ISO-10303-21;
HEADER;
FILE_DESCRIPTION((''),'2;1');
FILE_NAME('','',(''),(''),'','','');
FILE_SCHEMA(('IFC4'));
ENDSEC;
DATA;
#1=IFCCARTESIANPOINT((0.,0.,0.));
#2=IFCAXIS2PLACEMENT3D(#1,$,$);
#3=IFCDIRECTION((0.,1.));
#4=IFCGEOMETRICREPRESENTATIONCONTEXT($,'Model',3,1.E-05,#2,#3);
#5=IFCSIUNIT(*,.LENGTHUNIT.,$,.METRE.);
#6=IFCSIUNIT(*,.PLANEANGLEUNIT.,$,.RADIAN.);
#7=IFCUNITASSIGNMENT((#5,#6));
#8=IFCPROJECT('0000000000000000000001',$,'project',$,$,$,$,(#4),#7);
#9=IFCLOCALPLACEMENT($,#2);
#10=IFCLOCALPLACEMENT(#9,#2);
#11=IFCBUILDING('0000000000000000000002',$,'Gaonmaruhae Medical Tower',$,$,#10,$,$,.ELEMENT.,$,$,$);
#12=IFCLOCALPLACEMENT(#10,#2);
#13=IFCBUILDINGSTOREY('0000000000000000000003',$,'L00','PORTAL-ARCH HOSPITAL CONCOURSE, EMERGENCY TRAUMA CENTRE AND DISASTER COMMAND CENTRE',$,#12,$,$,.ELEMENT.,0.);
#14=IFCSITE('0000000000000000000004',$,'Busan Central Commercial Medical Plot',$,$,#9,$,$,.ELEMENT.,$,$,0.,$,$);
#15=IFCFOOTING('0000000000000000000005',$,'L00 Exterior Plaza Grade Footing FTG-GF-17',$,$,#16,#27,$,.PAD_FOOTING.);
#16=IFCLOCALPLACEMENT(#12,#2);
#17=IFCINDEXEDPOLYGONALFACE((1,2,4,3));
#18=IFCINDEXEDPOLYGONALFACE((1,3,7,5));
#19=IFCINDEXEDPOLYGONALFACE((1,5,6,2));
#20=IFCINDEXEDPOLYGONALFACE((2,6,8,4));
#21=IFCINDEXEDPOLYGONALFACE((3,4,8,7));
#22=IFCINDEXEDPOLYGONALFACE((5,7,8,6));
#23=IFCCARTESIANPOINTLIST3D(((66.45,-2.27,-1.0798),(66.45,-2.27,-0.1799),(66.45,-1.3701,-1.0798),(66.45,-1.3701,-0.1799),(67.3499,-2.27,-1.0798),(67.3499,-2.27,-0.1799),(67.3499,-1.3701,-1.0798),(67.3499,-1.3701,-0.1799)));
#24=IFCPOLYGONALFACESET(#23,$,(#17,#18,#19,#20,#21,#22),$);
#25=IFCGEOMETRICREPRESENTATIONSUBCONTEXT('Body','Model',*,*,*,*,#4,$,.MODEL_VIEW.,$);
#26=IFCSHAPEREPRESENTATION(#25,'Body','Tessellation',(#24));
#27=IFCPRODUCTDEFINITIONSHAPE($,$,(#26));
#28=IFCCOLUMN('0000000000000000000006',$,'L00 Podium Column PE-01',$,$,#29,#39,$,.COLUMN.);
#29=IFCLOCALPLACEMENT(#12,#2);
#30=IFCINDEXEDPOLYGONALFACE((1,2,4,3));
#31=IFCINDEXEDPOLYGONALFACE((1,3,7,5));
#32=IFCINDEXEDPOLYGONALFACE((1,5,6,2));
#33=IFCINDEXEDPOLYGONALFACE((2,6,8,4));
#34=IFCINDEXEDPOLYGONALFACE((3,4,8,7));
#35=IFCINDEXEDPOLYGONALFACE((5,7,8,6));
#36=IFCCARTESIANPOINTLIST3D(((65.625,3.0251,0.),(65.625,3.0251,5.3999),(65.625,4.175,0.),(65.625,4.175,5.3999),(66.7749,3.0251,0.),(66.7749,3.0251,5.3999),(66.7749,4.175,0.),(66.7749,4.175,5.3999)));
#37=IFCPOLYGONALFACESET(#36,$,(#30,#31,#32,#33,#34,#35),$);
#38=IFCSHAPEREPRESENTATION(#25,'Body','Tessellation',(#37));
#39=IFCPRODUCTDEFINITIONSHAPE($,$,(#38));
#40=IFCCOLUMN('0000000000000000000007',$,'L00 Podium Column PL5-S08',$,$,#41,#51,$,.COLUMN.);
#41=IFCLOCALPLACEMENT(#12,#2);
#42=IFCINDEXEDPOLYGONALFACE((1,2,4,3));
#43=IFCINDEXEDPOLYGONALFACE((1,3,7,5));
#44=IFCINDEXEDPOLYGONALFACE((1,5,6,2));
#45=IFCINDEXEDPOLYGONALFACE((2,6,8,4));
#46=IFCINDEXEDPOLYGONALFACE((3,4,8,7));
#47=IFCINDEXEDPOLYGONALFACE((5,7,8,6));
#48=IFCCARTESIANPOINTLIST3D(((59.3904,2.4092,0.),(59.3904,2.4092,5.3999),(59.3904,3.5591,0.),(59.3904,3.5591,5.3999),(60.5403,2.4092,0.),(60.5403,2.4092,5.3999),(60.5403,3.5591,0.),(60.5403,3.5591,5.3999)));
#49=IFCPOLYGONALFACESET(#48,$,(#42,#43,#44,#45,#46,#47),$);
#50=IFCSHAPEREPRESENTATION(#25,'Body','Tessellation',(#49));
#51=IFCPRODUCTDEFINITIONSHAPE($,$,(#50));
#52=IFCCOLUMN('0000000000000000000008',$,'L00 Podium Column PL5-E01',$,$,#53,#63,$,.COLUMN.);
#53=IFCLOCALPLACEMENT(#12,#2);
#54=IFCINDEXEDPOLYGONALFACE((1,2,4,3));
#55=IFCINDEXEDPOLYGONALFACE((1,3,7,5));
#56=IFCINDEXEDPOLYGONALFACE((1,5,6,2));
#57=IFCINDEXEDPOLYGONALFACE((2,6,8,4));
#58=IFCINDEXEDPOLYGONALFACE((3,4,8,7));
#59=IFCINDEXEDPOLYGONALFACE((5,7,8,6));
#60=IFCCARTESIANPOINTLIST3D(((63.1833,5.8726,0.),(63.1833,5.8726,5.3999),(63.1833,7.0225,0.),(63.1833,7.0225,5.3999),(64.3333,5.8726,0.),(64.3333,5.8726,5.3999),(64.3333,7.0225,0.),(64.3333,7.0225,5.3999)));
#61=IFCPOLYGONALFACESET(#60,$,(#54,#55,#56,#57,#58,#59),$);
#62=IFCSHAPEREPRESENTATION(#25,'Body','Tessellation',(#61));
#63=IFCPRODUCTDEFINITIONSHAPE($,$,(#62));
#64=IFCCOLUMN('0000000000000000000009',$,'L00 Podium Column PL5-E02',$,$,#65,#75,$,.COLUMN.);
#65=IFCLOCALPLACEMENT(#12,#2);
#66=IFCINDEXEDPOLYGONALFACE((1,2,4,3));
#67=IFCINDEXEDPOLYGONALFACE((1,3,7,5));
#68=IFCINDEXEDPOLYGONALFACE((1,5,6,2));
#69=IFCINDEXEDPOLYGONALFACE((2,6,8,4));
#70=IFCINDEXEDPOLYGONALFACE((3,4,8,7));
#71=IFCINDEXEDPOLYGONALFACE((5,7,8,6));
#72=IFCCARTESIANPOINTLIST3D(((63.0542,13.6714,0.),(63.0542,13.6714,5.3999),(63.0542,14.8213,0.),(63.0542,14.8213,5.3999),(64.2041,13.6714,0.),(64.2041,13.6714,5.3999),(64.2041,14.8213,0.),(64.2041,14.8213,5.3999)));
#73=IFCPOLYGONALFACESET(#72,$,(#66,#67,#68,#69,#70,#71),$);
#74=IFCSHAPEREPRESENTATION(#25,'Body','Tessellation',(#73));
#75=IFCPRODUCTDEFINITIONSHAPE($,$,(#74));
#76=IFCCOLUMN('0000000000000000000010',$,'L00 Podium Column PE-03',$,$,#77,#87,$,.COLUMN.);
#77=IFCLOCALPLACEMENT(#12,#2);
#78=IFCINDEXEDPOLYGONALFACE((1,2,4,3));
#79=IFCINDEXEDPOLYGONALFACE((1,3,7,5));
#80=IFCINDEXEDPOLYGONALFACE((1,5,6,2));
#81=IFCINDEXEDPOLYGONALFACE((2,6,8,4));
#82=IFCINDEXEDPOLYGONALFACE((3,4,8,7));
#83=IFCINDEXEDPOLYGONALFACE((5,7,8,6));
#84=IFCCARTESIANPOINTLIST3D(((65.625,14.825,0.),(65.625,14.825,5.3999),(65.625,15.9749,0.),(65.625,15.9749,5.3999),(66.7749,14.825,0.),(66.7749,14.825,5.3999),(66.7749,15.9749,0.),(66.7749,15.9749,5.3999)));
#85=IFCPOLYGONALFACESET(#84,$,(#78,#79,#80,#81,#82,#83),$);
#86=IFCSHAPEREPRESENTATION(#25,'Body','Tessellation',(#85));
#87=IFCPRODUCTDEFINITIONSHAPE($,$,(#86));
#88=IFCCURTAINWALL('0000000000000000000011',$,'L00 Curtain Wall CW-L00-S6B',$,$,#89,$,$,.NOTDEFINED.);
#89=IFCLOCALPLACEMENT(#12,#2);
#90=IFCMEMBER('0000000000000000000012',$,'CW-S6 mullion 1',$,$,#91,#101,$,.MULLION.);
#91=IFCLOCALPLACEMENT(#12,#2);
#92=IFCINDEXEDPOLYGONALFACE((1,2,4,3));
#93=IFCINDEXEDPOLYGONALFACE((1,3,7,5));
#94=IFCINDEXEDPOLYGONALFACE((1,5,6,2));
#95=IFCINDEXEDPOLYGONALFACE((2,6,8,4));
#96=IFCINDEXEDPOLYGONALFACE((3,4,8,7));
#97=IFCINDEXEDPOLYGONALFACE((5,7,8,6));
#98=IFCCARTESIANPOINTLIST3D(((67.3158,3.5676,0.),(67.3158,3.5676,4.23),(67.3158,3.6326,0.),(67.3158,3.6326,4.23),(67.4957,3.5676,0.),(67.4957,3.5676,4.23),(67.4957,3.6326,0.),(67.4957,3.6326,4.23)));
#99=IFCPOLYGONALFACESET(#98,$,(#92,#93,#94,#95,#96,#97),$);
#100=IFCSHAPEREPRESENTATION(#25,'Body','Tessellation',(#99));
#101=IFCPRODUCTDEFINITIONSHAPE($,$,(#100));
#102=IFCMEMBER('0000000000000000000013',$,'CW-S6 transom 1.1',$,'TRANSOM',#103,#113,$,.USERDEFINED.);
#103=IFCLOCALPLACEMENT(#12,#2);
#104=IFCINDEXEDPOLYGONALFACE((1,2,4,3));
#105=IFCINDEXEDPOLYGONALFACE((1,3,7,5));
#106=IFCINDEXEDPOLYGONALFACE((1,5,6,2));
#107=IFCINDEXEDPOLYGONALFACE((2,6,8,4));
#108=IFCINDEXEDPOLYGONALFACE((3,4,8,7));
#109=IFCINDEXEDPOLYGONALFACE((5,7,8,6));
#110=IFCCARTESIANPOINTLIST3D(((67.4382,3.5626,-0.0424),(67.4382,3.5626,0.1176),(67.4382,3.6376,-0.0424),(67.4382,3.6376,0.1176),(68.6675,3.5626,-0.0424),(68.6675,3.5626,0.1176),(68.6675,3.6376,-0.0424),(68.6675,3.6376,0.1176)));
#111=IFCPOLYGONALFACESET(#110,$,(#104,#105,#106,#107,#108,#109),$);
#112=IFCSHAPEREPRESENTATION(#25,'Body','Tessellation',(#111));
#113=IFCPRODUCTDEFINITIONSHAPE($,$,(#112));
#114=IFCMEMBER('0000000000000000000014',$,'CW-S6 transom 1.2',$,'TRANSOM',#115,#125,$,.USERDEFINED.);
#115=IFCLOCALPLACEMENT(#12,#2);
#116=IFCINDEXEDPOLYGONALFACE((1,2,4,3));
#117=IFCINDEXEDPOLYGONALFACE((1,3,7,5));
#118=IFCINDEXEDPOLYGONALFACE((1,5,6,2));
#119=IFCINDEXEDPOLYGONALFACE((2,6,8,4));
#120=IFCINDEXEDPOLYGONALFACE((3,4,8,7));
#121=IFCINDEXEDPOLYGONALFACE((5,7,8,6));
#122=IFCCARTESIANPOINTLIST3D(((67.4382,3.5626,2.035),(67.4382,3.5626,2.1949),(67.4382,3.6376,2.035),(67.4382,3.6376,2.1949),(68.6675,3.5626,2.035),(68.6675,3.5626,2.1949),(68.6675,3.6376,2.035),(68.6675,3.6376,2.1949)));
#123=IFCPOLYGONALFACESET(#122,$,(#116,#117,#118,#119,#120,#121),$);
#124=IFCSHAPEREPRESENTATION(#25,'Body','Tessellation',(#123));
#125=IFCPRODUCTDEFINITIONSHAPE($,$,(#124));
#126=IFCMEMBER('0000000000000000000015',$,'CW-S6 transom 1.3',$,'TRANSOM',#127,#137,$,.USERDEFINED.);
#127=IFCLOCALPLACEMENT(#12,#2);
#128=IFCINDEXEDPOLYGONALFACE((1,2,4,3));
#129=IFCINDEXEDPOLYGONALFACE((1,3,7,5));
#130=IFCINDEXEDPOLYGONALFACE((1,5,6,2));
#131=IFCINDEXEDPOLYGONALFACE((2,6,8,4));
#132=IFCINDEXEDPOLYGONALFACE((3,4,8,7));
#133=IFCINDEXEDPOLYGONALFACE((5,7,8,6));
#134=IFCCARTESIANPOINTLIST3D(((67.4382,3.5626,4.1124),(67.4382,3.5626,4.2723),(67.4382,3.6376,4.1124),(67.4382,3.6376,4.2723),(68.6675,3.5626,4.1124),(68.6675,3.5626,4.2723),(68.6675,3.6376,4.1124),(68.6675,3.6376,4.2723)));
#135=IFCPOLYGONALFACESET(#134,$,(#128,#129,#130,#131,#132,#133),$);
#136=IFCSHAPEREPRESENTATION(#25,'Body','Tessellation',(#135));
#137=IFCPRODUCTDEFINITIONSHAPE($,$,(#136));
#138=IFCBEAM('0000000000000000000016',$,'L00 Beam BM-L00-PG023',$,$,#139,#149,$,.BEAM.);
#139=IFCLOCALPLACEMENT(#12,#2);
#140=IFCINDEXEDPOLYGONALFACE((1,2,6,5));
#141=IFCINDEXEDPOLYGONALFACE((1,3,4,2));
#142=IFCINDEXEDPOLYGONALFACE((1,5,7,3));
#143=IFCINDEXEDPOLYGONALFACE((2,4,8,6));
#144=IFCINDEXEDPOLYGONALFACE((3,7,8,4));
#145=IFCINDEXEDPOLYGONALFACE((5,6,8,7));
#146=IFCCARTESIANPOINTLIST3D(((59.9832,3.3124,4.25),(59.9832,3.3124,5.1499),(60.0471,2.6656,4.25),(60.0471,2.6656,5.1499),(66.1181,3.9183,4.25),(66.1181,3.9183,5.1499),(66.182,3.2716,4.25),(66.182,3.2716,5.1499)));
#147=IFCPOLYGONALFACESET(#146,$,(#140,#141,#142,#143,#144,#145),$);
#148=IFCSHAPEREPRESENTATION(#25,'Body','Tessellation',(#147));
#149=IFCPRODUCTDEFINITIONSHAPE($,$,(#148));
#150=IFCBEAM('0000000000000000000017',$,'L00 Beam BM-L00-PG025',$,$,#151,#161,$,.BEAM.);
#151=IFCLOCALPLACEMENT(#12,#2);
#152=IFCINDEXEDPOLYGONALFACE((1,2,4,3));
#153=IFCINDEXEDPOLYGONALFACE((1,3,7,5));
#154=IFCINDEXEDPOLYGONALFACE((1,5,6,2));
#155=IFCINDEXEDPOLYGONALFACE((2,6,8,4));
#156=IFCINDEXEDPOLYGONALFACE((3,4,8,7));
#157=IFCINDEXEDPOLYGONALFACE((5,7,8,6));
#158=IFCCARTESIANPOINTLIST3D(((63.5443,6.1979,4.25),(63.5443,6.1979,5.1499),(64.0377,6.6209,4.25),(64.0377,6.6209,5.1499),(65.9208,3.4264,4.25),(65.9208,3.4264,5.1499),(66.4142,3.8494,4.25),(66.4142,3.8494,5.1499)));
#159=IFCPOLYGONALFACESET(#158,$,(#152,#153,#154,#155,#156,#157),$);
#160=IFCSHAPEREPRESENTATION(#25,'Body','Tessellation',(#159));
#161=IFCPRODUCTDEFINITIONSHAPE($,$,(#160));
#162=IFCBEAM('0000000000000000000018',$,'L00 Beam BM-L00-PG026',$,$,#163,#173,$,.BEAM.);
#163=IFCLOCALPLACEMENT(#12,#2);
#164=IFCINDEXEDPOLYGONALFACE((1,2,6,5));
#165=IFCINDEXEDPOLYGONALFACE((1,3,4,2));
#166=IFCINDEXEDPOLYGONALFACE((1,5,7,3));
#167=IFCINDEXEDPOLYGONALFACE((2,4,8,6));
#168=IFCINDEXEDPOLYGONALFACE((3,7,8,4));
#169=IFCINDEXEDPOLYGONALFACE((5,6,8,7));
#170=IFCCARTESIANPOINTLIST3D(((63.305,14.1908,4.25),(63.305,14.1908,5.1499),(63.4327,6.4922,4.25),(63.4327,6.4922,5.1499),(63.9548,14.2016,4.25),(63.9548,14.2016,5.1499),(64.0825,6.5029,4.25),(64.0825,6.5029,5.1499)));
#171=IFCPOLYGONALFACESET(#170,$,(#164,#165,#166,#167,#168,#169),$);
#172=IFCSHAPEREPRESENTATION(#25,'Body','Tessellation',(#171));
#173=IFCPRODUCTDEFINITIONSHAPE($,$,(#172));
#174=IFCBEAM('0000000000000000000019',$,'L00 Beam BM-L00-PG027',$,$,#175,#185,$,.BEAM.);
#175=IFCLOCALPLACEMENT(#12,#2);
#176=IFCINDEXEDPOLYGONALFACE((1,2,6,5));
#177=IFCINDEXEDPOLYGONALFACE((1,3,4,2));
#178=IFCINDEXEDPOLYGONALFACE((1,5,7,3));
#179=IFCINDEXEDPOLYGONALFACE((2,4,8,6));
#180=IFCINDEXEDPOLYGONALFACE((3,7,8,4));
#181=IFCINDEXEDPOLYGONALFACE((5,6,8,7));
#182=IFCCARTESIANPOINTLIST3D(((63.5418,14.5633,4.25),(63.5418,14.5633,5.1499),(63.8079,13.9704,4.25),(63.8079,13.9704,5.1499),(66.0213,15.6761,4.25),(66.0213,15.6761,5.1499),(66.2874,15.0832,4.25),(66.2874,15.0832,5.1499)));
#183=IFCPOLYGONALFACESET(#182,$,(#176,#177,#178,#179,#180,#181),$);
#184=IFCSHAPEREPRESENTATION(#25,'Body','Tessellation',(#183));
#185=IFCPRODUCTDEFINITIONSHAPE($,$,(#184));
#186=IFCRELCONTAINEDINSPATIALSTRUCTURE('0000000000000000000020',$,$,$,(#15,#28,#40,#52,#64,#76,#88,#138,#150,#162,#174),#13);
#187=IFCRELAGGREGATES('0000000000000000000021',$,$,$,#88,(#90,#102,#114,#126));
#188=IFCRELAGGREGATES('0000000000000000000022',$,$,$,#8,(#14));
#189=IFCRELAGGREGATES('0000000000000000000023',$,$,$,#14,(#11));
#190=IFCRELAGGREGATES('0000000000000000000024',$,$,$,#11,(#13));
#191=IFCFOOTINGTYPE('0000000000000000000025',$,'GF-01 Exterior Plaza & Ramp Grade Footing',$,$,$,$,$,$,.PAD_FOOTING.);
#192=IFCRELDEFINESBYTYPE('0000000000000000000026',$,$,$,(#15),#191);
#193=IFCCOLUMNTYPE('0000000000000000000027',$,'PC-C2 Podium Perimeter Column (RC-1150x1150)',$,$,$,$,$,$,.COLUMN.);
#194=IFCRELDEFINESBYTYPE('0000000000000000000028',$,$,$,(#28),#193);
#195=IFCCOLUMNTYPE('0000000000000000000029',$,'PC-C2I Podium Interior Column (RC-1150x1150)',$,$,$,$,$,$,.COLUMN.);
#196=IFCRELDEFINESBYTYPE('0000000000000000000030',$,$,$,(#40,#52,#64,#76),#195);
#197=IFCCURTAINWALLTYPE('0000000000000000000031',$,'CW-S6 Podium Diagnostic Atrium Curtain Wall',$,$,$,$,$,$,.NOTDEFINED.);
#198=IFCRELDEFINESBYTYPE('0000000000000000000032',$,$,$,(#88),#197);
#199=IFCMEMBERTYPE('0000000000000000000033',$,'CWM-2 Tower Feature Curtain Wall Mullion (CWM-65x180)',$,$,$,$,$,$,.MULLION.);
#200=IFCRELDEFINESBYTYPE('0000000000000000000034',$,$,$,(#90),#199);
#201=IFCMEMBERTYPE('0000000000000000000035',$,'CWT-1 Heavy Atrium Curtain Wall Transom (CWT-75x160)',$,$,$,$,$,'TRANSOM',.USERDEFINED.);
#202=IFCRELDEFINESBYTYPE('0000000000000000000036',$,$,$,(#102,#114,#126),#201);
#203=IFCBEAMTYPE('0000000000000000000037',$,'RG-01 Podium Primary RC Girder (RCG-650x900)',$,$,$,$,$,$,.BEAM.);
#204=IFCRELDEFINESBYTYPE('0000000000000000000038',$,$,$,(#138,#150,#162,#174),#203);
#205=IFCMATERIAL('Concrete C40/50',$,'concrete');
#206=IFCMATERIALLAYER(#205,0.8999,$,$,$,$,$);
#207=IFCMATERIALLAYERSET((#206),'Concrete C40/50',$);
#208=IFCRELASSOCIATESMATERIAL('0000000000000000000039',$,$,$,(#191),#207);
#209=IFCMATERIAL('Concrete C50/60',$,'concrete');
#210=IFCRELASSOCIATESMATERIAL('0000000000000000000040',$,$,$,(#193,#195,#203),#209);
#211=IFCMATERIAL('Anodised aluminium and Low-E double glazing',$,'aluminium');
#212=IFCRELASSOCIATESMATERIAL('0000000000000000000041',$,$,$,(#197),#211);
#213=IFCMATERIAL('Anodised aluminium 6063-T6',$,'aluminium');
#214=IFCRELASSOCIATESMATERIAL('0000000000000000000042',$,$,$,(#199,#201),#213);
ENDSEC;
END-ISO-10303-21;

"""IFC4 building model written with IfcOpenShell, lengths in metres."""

from ifc_helpers import new_model, si_unit, direction, frame, origin, origin_2d, place, context, subcontext, project, spatial, rectangle, extrude, material, layer, layer_set, material_profile, profile_set, type_object, element, aggregate, save


model = new_model("IFC4")

# Units and contexts
model_context = context("Model", 3, precision=1e-05, world=origin(), true_north=direction((0.0, 1.0)))
body_context = subcontext(model_context, "Body", "Model", "MODEL_VIEW")
ifc_project = project(units=[si_unit("LENGTHUNIT", "METRE"), si_unit("PLANEANGLEUNIT", "RADIAN")], contexts=[model_context])

# Site, building, storey
site_placement = place(None, origin())
site = spatial("IfcSite", under=ifc_project, at=site_placement, Name="Busan Central Commercial Medical Plot", CompositionType="ELEMENT", RefElevation=0.0)
building_placement = place(site_placement, origin())
building = spatial("IfcBuilding", under=site, at=building_placement, Name="Gaonmaruhae Medical Tower", CompositionType="ELEMENT")
storey_placement = place(building_placement, origin())
storey = spatial("IfcBuildingStorey", under=building, at=storey_placement, Name="L00", Description="PORTAL-ARCH HOSPITAL CONCOURSE, EMERGENCY TRAUMA CENTRE AND DISASTER COMMAND CENTRE", CompositionType="ELEMENT", Elevation=0.0)

# Footing
ifc_material_1 = material(Name="Concrete C40/50", Category="concrete")
ifc_layer_1 = layer(ifc_material_1, 0.8999)
ifc_layer_set_1 = layer_set([ifc_layer_1], Name="Concrete C40/50")
footing_type = type_object("IfcFootingType", Name="GF-01 Exterior Plaza & Ramp Grade Footing", PredefinedType="PAD_FOOTING", material=ifc_layer_set_1)
footing_placement = place(storey_placement, frame((66.8999, -1.8201, -1.0798), z_axis=(0.0, 0.0, 1.0), x_axis=(1.0, 0.0, 0.0)))
element("IfcFooting", 1, at=footing_placement, inside=storey, type_object=footing_type, Name="L00 Exterior Plaza Grade Footing FTG-GF-17", PredefinedType="PAD_FOOTING", context=body_context, shape_type="SweptSolid", body=[
    extrude(rectangle(XDim=0.8999, YDim=0.8999, at=origin_2d()), origin(), (0.0, 0.0, 1.0), 0.8999),
])

# Columns
ifc_material_2 = material(Name="Concrete C50/60", Category="concrete")
ifc_material_profile_1 = material_profile(ifc_material_2, rectangle(XDim=1.1499, YDim=1.1499, at=origin_2d()), Name="RC-1150x1150")
ifc_profile_set_1 = profile_set([ifc_material_profile_1], Name="Concrete C50/60")
column_type_1 = type_object("IfcColumnType", Name="PC-C2 Podium Perimeter Column (RC-1150x1150)", PredefinedType="COLUMN", material=ifc_profile_set_1)
column_placement = place(storey_placement, frame((66.2, 3.6001, 0.0), z_axis=(0.0, 0.0, 1.0), x_axis=(1.0, 0.0, 0.0)))
element("IfcColumn", 2, at=column_placement, inside=storey, type_object=column_type_1, Name="L00 Podium Column PE-01", PredefinedType="COLUMN", context=body_context, shape_type="SweptSolid", body=[
    extrude(rectangle(XDim=1.1499, YDim=1.1499, at=origin_2d()), origin(), (0.0, 0.0, 1.0), 5.3999),
])
ifc_material_profile_2 = material_profile(ifc_material_2, rectangle(XDim=1.1499, YDim=1.1499, at=origin_2d()), Name="RC-1150x1150")
ifc_profile_set_2 = profile_set([ifc_material_profile_2], Name="Concrete C50/60")
column_type_2 = type_object("IfcColumnType", Name="PC-C2I Podium Interior Column (RC-1150x1150)", PredefinedType="COLUMN", material=ifc_profile_set_2)
for number, where, z_axis, x_axis, name in (
    (3, (59.9653, 2.9841, 0.0), (0.0, 0.0, 1.0), (1.0, 0.0, 0.0), "L00 Podium Column PL5-S08"),
    (4, (63.7583, 6.4475, 0.0), (0.0, 0.0, 1.0), (1.0, 0.0, 0.0), "L00 Podium Column PL5-E01"),
    (5, (63.6292, 14.2463, 0.0), (0.0, 0.0, 1.0), (1.0, 0.0, 0.0), "L00 Podium Column PL5-E02"),
    (6, (66.2, 15.3999, 0.0), (0.0, 0.0, 1.0), (1.0, 0.0, 0.0), "L00 Podium Column PE-03"),
):
    element("IfcColumn", number, at=place(storey_placement, frame(where, z_axis=z_axis, x_axis=x_axis)), inside=storey, type_object=column_type_2, Name=name, PredefinedType="COLUMN", context=body_context, shape_type="SweptSolid", body=[
        extrude(rectangle(XDim=1.1499, YDim=1.1499, at=origin_2d()), origin(), (0.0, 0.0, 1.0), 5.3999),
    ])

# Curtain wall, members
ifc_material_3 = material(Name="Anodised aluminium and Low-E double glazing", Category="aluminium")
curtain_wall_type = type_object("IfcCurtainWallType", Name="CW-S6 Podium Diagnostic Atrium Curtain Wall", PredefinedType="NOTDEFINED", material=ifc_material_3)
curtain_wall_placement = place(storey_placement, origin())
curtain_wall = element("IfcCurtainWall", 7, at=curtain_wall_placement, inside=storey, type_object=curtain_wall_type, Name="L00 Curtain Wall CW-L00-S6B", PredefinedType="NOTDEFINED")
ifc_material_4 = material(Name="Anodised aluminium 6063-T6", Category="aluminium")
ifc_material_profile_3 = material_profile(ifc_material_4, rectangle(XDim=0.0649, YDim=0.1799, at=origin_2d()), Name="CWM-65x180")
ifc_profile_set_3 = profile_set([ifc_material_profile_3], Name="Anodised aluminium 6063-T6")
member_type_1 = type_object("IfcMemberType", Name="CWM-2 Tower Feature Curtain Wall Mullion (CWM-65x180)", PredefinedType="MULLION", material=ifc_profile_set_3)
member_1_placement = place(storey_placement, frame((67.4058, 3.6001, 0.0), z_axis=(0.0, 0.0, 1.0), x_axis=(0.0, 1.0, 0.0)))
member_1 = element("IfcMember", 8, at=member_1_placement, type_object=member_type_1, Name="CW-S6 mullion 1", PredefinedType="MULLION", context=body_context, shape_type="SweptSolid", body=[
    extrude(rectangle(XDim=0.0649, YDim=0.1799, at=origin_2d()), origin(), (0.0, 0.0, 1.0), 4.23),
])
ifc_material_profile_4 = material_profile(ifc_material_4, rectangle(XDim=0.075, YDim=0.1599, at=origin_2d()), Name="CWT-75x160")
ifc_profile_set_4 = profile_set([ifc_material_profile_4], Name="Anodised aluminium 6063-T6")
member_type_2 = type_object("IfcMemberType", Name="CWT-1 Heavy Atrium Curtain Wall Transom (CWT-75x160)", ElementType="TRANSOM", PredefinedType="USERDEFINED", material=ifc_profile_set_4)
member_2_placement = place(storey_placement, frame((67.4382, 3.6001, 0.0376), z_axis=(1.0, 0.0, 0.0), x_axis=(0.0, 1.0, 0.0)))
member_2 = element("IfcMember", 9, at=member_2_placement, type_object=member_type_2, Name="CW-S6 transom 1.1", ObjectType="TRANSOM", PredefinedType="USERDEFINED", context=body_context, shape_type="SweptSolid", body=[
    extrude(rectangle(XDim=0.075, YDim=0.1599, at=origin_2d()), origin(), (0.0, 0.0, 1.0), 1.2292),
])
member_3_placement = place(storey_placement, frame((67.4382, 3.6001, 2.115), z_axis=(1.0, 0.0, 0.0), x_axis=(0.0, 1.0, 0.0)))
member_3 = element("IfcMember", 10, at=member_3_placement, type_object=member_type_2, Name="CW-S6 transom 1.2", ObjectType="TRANSOM", PredefinedType="USERDEFINED", context=body_context, shape_type="SweptSolid", body=[
    extrude(rectangle(XDim=0.075, YDim=0.1599, at=origin_2d()), origin(), (0.0, 0.0, 1.0), 1.2292),
])
member_4_placement = place(storey_placement, frame((67.4382, 3.6001, 4.1924), z_axis=(1.0, 0.0, 0.0), x_axis=(0.0, 1.0, 0.0)))
member_4 = element("IfcMember", 11, at=member_4_placement, type_object=member_type_2, Name="CW-S6 transom 1.3", ObjectType="TRANSOM", PredefinedType="USERDEFINED", context=body_context, shape_type="SweptSolid", body=[
    extrude(rectangle(XDim=0.075, YDim=0.1599, at=origin_2d()), origin(), (0.0, 0.0, 1.0), 1.2292),
])

# Beams
ifc_material_profile_5 = material_profile(ifc_material_2, rectangle(XDim=0.6499, YDim=0.8999, at=origin_2d()), Name="RCG-650x900")
ifc_profile_set_5 = profile_set([ifc_material_profile_5], Name="Concrete C50/60")
beam_type = type_object("IfcBeamType", Name="RG-01 Podium Primary RC Girder (RCG-650x900)", PredefinedType="BEAM", material=ifc_profile_set_5)
beam_1_placement = place(storey_placement, frame((60.0151, 2.989, 4.7), z_axis=(0.995158, 0.098292, 0.0), x_axis=(-0.098292, 0.995158, 0.0)))
element("IfcBeam", 12, at=beam_1_placement, inside=storey, type_object=beam_type, Name="L00 Beam BM-L00-PG023", PredefinedType="BEAM", context=body_context, shape_type="SweptSolid", body=[
    extrude(rectangle(XDim=0.6499, YDim=0.8999, at=origin_2d()), origin(), (0.0, 0.0, 1.0), 6.1648),
])
beam_2_placement = place(storey_placement, frame((63.791, 6.4094, 4.7), z_axis=(0.650935, -0.759134, 0.0), x_axis=(0.759134, 0.650935, 0.0)))
element("IfcBeam", 13, at=beam_2_placement, inside=storey, type_object=beam_type, Name="L00 Beam BM-L00-PG025", PredefinedType="BEAM", context=body_context, shape_type="SweptSolid", body=[
    extrude(rectangle(XDim=0.6499, YDim=0.8999, at=origin_2d()), origin(), (0.0, 0.0, 1.0), 3.6509),
])
beam_3_placement = place(storey_placement, frame((63.7576, 6.4976, 4.7), z_axis=(-0.016583, 0.999862, 0.0), x_axis=(-0.999862, -0.016583, 0.0)))
element("IfcBeam", 14, at=beam_3_placement, inside=storey, type_object=beam_type, Name="L00 Beam BM-L00-PG026", PredefinedType="BEAM", context=body_context, shape_type="SweptSolid", body=[
    extrude(rectangle(XDim=0.6499, YDim=0.8999, at=origin_2d()), origin(), (0.0, 0.0, 1.0), 7.6997),
])
beam_4_placement = place(storey_placement, frame((63.6748, 14.2668, 4.7), z_axis=(0.912331, 0.409453, 0.0), x_axis=(-0.409453, 0.912331, 0.0)))
element("IfcBeam", 15, at=beam_4_placement, inside=storey, type_object=beam_type, Name="L00 Beam BM-L00-PG027", PredefinedType="BEAM", context=body_context, shape_type="SweptSolid", body=[
    extrude(rectangle(XDim=0.6499, YDim=0.8999, at=origin_2d()), origin(), (0.0, 0.0, 1.0), 2.7178),
])

aggregate(curtain_wall, [member_1, member_2, member_3, member_4])

save(model, "model.ifc")
